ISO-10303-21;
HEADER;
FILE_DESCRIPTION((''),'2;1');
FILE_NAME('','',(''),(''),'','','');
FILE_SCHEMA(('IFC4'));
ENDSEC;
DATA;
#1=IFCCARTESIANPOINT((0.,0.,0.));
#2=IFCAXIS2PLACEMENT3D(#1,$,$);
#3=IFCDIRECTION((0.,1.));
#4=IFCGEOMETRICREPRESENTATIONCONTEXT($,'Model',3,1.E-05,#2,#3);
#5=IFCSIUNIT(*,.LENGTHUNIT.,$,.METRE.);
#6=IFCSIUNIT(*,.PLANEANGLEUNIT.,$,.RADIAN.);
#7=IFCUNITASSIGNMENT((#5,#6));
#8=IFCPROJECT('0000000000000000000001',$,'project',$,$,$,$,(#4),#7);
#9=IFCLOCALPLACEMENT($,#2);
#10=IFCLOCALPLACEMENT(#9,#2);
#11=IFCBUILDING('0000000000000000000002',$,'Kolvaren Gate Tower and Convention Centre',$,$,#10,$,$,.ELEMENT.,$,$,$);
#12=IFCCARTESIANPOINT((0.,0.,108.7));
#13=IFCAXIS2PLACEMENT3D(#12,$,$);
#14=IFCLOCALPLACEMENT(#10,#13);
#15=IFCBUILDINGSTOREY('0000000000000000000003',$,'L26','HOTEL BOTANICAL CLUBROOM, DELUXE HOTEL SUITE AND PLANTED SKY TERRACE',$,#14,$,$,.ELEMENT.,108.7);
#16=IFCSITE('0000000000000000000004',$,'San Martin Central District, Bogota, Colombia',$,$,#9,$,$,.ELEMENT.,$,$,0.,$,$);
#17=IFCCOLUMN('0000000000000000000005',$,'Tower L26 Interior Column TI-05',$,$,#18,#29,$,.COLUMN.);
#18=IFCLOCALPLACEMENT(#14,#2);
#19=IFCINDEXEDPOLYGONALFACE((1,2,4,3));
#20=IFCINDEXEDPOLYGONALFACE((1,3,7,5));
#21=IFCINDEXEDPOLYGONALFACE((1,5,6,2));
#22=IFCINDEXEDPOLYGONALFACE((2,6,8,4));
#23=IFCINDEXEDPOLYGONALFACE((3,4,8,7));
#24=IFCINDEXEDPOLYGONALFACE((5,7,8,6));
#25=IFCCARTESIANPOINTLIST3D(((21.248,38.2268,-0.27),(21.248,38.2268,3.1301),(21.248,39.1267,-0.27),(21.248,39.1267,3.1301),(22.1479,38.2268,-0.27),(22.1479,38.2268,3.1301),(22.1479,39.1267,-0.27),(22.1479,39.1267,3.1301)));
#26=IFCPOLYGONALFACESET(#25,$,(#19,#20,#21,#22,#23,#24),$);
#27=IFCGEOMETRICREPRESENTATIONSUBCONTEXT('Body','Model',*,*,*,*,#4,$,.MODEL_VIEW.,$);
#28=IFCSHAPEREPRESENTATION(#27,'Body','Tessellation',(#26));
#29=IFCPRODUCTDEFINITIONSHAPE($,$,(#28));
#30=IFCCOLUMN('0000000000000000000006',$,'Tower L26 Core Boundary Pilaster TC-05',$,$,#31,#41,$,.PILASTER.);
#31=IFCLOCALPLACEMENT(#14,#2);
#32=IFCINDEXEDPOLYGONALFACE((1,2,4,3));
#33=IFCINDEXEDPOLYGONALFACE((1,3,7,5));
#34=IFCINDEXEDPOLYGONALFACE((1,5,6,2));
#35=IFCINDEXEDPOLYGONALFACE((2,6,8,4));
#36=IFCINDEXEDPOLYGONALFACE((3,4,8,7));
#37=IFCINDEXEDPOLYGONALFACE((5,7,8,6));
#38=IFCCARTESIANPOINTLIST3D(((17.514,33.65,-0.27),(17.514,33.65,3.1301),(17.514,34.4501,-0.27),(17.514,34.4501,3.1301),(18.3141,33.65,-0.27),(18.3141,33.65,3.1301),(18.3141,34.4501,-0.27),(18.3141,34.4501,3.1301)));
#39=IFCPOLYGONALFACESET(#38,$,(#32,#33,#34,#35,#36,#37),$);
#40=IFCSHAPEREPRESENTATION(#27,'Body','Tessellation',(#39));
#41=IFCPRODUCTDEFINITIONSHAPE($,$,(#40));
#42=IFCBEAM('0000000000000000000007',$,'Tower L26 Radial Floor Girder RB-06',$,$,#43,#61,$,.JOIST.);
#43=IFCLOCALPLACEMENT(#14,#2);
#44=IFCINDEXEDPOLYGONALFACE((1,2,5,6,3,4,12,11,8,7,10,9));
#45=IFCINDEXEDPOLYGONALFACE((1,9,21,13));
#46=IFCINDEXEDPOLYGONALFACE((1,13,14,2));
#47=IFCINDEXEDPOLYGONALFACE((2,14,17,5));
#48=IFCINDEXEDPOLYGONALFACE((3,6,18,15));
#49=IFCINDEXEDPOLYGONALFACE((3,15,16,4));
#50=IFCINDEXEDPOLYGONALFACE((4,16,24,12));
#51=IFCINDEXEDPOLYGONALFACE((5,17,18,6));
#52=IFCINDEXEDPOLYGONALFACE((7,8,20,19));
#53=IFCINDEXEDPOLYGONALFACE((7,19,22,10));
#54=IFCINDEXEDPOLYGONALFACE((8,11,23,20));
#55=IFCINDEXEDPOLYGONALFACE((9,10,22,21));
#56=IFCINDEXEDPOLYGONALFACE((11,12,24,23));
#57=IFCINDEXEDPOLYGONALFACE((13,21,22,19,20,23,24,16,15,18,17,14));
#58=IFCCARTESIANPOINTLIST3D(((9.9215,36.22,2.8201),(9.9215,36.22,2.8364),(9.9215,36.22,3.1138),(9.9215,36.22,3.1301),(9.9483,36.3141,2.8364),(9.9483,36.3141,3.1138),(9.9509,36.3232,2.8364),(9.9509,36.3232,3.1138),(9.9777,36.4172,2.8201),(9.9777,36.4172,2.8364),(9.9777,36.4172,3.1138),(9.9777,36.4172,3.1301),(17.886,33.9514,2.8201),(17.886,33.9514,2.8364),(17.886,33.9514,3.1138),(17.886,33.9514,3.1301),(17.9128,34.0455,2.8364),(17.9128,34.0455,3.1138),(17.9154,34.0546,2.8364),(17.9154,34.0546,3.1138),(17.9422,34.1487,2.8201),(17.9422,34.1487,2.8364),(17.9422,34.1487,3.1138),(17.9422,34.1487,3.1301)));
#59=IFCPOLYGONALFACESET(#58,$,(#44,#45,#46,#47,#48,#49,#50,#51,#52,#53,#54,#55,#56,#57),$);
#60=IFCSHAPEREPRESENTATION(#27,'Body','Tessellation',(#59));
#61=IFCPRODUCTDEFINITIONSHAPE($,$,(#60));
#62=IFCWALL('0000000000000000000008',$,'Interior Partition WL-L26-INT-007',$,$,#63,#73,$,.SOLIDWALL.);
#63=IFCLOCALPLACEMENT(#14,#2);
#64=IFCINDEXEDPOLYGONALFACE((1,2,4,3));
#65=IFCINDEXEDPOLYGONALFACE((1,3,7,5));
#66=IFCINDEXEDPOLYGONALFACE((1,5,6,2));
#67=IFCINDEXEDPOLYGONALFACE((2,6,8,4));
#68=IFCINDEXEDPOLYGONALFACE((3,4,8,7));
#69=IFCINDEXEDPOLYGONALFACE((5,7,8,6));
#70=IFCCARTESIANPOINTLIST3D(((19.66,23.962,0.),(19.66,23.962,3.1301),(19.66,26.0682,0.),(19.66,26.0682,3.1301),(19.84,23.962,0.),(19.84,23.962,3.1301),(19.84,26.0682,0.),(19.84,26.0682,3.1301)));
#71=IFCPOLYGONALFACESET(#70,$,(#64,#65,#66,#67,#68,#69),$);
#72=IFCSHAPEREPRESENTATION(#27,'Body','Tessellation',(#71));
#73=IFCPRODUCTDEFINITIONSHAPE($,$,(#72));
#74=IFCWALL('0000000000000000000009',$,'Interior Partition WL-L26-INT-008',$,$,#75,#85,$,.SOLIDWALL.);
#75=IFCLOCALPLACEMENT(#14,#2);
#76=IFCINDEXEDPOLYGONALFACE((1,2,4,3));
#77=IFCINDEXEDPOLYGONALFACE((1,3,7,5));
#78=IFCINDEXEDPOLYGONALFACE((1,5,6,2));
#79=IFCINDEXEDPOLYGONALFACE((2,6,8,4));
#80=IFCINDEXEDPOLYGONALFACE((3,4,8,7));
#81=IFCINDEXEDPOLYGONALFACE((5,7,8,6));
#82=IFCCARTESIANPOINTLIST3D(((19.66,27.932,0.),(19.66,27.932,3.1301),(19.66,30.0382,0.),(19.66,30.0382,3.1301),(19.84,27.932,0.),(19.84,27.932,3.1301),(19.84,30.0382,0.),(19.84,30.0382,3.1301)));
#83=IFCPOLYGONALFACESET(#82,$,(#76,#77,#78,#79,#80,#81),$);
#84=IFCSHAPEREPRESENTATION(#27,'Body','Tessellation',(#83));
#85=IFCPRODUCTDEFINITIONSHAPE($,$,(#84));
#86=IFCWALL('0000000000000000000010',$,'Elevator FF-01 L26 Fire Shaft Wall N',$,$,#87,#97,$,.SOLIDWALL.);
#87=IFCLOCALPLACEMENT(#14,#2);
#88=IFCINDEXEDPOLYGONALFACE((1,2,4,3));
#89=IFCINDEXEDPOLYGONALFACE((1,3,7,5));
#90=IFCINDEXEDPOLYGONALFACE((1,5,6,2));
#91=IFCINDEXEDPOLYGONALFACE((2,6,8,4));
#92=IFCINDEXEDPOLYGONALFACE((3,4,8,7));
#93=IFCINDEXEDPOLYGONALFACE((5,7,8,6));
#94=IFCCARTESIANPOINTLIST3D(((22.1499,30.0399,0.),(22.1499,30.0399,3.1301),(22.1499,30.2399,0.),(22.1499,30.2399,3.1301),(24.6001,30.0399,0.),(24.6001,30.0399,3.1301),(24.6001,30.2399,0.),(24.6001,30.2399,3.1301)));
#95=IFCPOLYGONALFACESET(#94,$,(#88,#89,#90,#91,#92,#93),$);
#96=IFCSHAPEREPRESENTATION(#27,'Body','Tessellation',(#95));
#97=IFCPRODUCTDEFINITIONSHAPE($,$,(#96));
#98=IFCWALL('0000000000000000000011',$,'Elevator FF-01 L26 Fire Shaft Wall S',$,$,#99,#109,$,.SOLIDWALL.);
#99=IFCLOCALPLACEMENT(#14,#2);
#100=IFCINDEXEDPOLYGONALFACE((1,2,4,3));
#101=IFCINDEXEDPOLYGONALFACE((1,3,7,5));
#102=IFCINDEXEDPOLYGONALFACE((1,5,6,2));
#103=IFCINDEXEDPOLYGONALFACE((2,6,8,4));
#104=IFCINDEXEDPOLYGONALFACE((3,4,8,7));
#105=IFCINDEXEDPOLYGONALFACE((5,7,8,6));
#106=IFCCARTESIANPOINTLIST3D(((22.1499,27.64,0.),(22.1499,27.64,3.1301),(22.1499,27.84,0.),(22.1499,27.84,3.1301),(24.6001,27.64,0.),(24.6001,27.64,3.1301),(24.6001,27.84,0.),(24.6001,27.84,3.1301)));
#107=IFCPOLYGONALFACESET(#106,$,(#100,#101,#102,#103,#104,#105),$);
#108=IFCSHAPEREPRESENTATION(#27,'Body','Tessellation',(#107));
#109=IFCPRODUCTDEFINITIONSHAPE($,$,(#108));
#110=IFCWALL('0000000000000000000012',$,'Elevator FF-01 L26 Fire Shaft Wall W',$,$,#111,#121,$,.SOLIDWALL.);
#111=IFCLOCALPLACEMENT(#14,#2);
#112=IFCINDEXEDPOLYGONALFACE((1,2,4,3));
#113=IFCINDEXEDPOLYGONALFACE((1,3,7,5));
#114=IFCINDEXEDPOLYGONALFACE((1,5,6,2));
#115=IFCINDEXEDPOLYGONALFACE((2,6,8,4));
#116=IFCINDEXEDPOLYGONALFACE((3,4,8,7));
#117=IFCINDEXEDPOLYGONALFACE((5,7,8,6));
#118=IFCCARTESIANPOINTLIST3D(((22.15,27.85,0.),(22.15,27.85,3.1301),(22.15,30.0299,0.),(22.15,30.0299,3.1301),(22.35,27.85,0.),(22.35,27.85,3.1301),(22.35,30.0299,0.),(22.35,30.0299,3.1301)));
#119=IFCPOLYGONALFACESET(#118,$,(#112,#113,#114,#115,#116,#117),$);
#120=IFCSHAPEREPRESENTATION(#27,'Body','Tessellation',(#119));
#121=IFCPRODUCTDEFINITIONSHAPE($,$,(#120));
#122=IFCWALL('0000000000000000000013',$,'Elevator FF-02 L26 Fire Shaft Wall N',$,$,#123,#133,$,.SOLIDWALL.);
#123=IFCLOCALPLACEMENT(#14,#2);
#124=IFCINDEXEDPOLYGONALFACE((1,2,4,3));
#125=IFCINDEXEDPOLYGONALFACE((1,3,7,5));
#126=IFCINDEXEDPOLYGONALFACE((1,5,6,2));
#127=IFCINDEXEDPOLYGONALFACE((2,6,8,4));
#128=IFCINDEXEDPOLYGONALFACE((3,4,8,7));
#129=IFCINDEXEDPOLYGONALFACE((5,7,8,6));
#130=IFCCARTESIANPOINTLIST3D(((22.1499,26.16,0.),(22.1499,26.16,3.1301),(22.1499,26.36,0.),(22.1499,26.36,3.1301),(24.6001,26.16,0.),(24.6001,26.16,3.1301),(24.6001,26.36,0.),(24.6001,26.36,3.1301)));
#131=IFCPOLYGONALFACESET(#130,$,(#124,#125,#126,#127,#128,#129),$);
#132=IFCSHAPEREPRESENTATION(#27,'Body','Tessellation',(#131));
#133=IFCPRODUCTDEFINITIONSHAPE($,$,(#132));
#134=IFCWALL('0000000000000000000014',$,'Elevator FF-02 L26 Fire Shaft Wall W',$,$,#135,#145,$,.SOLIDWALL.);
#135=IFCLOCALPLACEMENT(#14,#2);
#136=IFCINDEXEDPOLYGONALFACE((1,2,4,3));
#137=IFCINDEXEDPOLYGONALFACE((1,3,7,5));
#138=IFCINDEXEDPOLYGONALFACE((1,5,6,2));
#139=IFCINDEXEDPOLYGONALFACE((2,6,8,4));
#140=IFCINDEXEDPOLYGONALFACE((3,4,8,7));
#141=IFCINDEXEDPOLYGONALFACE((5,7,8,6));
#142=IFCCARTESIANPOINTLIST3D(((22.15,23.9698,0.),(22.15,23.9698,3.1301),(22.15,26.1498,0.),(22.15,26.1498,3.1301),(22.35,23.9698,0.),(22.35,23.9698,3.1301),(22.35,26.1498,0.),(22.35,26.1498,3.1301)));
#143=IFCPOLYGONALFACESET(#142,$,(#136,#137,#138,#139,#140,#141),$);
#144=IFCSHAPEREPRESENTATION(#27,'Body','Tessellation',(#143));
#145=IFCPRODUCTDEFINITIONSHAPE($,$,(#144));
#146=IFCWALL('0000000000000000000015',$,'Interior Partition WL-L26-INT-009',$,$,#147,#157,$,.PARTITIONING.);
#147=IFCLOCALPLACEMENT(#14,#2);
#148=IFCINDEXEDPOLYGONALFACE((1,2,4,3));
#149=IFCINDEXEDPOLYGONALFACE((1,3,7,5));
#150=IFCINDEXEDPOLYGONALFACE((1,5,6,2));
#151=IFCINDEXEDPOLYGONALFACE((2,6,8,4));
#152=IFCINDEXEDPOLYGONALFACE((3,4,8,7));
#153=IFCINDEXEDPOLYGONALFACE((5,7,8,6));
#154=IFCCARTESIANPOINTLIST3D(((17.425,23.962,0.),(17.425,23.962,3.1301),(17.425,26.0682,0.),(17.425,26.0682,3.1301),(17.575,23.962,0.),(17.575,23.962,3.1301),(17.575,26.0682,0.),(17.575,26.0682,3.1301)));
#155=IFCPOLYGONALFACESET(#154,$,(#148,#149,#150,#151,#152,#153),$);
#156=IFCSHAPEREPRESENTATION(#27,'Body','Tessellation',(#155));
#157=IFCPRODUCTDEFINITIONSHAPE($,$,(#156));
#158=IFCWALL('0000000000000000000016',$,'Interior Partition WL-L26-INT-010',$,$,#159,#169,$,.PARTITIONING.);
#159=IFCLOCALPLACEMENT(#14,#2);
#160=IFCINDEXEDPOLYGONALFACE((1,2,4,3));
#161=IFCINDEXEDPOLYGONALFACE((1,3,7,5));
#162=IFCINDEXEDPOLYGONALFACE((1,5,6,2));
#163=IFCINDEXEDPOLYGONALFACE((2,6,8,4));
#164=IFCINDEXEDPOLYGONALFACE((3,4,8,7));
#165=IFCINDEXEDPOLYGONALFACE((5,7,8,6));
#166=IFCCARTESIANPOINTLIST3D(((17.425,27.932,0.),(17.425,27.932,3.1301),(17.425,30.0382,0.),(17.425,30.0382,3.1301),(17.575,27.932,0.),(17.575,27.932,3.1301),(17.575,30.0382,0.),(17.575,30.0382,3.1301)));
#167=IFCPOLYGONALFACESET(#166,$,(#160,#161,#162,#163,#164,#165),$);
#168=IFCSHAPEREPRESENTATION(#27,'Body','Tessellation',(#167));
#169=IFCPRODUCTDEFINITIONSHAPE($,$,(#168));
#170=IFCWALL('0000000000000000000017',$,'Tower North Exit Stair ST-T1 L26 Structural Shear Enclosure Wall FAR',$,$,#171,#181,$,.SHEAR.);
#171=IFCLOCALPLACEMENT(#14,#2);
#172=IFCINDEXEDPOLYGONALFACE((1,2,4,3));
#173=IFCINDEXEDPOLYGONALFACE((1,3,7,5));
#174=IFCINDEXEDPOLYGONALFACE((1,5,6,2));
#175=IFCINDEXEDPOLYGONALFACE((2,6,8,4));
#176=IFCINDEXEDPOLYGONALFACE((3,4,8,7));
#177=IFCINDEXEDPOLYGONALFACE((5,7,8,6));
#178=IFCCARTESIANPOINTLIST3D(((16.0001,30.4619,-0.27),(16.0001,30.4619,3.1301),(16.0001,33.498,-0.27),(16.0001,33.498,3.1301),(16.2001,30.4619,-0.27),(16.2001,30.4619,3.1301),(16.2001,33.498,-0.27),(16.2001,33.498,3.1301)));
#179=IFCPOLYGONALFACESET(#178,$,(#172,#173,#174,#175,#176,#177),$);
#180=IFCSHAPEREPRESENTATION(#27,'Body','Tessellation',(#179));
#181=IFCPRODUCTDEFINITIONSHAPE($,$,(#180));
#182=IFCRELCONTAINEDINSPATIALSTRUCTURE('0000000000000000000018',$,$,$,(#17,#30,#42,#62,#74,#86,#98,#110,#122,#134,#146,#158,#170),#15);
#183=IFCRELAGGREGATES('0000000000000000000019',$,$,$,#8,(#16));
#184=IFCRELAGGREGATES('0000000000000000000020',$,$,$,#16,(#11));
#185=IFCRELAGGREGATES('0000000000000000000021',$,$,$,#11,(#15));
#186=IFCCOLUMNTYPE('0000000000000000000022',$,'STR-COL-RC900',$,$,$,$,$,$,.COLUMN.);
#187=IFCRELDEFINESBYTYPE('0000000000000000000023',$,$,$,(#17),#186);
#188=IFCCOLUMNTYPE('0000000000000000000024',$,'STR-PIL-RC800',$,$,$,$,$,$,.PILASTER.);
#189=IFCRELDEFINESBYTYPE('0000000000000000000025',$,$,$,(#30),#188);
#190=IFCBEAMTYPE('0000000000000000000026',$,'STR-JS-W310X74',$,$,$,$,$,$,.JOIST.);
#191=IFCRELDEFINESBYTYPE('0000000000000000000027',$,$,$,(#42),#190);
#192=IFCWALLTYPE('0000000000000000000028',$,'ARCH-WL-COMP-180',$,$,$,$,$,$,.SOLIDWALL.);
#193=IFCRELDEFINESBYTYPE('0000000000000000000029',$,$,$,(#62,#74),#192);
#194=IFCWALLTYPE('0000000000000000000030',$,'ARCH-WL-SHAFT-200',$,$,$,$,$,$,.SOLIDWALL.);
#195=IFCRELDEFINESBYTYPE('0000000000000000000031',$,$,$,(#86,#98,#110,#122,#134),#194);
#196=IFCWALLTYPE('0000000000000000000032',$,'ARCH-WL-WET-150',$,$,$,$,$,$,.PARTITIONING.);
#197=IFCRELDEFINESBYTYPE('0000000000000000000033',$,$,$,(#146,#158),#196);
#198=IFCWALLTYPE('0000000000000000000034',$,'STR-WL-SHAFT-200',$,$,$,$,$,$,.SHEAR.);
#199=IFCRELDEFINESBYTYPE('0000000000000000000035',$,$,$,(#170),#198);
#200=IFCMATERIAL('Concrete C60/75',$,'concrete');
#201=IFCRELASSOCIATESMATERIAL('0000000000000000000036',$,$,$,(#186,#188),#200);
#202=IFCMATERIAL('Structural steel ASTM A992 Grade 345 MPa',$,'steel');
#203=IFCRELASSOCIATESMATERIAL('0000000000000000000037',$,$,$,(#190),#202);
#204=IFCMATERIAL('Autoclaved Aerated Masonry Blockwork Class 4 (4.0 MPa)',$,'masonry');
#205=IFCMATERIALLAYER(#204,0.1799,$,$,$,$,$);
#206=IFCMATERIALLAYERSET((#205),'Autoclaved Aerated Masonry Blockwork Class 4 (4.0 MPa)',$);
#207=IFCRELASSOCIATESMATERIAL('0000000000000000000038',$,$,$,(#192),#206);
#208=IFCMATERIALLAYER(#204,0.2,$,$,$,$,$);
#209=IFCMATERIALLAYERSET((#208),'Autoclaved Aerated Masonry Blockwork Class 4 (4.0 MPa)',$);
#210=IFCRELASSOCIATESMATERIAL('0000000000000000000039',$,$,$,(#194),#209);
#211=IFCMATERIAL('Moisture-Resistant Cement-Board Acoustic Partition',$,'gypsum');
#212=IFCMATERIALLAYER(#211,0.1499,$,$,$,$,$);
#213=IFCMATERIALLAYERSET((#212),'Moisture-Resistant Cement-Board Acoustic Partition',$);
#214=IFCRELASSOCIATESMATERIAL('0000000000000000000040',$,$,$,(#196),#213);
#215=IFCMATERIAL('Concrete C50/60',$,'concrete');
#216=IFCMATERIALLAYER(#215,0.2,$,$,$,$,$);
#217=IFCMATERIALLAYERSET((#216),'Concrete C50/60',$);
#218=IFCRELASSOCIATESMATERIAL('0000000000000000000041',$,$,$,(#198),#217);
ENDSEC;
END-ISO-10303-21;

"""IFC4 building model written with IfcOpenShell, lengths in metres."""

from ifc_helpers import new_model, si_unit, direction, frame, frame_2d, origin, origin_2d, place, context, subcontext, project, spatial, rectangle, i_section, extrude, material, layer, layer_set, material_profile, profile_set, type_object, element, save


model = new_model("IFC4")

# Units and contexts
model_context = context("Model", 3, precision=1e-05, world=origin(), true_north=direction((0.0, 1.0)))
body_context = subcontext(model_context, "Body", "Model", "MODEL_VIEW")
ifc_project = project(units=[si_unit("LENGTHUNIT", "METRE"), si_unit("PLANEANGLEUNIT", "RADIAN")], contexts=[model_context])

# Site, building, storey
site_placement = place(None, origin())
site = spatial("IfcSite", under=ifc_project, at=site_placement, Name="San Martin Central District, Bogota, Colombia", CompositionType="ELEMENT", RefElevation=0.0)
building_placement = place(site_placement, origin())
building = spatial("IfcBuilding", under=site, at=building_placement, Name="Kolvaren Gate Tower and Convention Centre", CompositionType="ELEMENT")
storey_placement = place(building_placement, frame((0.0, 0.0, 108.7)))
storey = spatial("IfcBuildingStorey", under=building, at=storey_placement, Name="L26", Description="HOTEL BOTANICAL CLUBROOM, DELUXE HOTEL SUITE AND PLANTED SKY TERRACE", CompositionType="ELEMENT", Elevation=108.7)

# Columns
ifc_material_1 = material(Name="Concrete C60/75", Category="concrete")
ifc_material_profile_1 = material_profile(ifc_material_1, rectangle(XDim=0.8999, YDim=0.8999, at=origin_2d()), Name="RC-COL-900X900")
ifc_profile_set_1 = profile_set([ifc_material_profile_1], Name="Concrete C60/75")
column_type_1 = type_object("IfcColumnType", Name="STR-COL-RC900", PredefinedType="COLUMN", material=ifc_profile_set_1)
column_1_placement = place(storey_placement, frame((21.698, 38.6768, -0.27), z_axis=(0.0, 0.0, 1.0), x_axis=(1.0, 0.0, 0.0)))
element("IfcColumn", 1, at=column_1_placement, inside=storey, type_object=column_type_1, Name="Tower L26 Interior Column TI-05", PredefinedType="COLUMN", context=body_context, shape_type="SweptSolid", body=[
    extrude(rectangle(XDim=0.8999, YDim=0.8999, at=origin_2d()), origin(), (0.0, 0.0, 1.0), 3.4001),
])
ifc_material_profile_2 = material_profile(ifc_material_1, rectangle(XDim=0.8, YDim=0.8, at=origin_2d()), Name="RC-COL-800X800")
ifc_profile_set_2 = profile_set([ifc_material_profile_2], Name="Concrete C60/75")
column_type_2 = type_object("IfcColumnType", Name="STR-PIL-RC800", PredefinedType="PILASTER", material=ifc_profile_set_2)
column_2_placement = place(storey_placement, frame((17.9141, 34.05, -0.27), z_axis=(0.0, 0.0, 1.0), x_axis=(1.0, 0.0, 0.0)))
element("IfcColumn", 2, at=column_2_placement, inside=storey, type_object=column_type_2, Name="Tower L26 Core Boundary Pilaster TC-05", PredefinedType="PILASTER", context=body_context, shape_type="SweptSolid", body=[
    extrude(rectangle(XDim=0.8, YDim=0.8, at=origin_2d()), origin(), (0.0, 0.0, 1.0), 3.4001),
])

# Beam
ifc_material_2 = material(Name="Structural steel ASTM A992 Grade 345 MPa", Category="steel")
ifc_material_profile_3 = material_profile(ifc_material_2, i_section(OverallWidth=0.2051, OverallDepth=0.3101, WebThickness=0.0095, FlangeThickness=0.0164, at=origin_2d()), Name="W310X74")
ifc_profile_set_3 = profile_set([ifc_material_profile_3], Name="Structural steel ASTM A992 Grade 345 MPa")
beam_type = type_object("IfcBeamType", Name="STR-JS-W310X74", PredefinedType="JOIST", material=ifc_profile_set_3)
beam_placement = place(storey_placement, frame((17.9141, 34.05, 2.9751), z_axis=(-0.961746, 0.273942, 0.0), x_axis=(-0.273942, -0.961746, 0.0)))
element("IfcBeam", 3, at=beam_placement, inside=storey, type_object=beam_type, Name="Tower L26 Radial Floor Girder RB-06", PredefinedType="JOIST", context=body_context, shape_type="SweptSolid", body=[
    extrude(i_section(OverallWidth=0.2051, OverallDepth=0.3101, WebThickness=0.0095, FlangeThickness=0.0164, at=origin_2d()), origin(), (0.0, 0.0, 1.0), 8.2812),
])

# Walls
ifc_material_3 = material(Name="Autoclaved Aerated Masonry Blockwork Class 4 (4.0 MPa)", Category="masonry")
ifc_layer_1 = layer(ifc_material_3, 0.1799)
ifc_layer_set_1 = layer_set([ifc_layer_1], Name="Autoclaved Aerated Masonry Blockwork Class 4 (4.0 MPa)")
wall_type_1 = type_object("IfcWallType", Name="ARCH-WL-COMP-180", PredefinedType="SOLIDWALL", material=ifc_layer_set_1)
for number, where, z_axis, x_axis, name in (
    (4, (19.75, 23.9619, 0.0), (0.0, 0.0, 1.0), (0.0, 1.0, 0.0), "Interior Partition WL-L26-INT-007"),
    (5, (19.75, 27.9319, 0.0), (0.0, 0.0, 1.0), (0.0, 1.0, 0.0), "Interior Partition WL-L26-INT-008"),
):
    element("IfcWall", number, at=place(storey_placement, frame(where, z_axis=z_axis, x_axis=x_axis)), inside=storey, type_object=wall_type_1, Name=name, PredefinedType="SOLIDWALL", context=body_context, shape_type="SweptSolid", body=[
        extrude(rectangle(XDim=2.1062, YDim=0.1799, at=frame_2d((1.0532, 0.0))), origin(), (0.0, 0.0, 1.0), 3.1301),
    ])
ifc_layer_2 = layer(ifc_material_3, 0.2)
ifc_layer_set_2 = layer_set([ifc_layer_2], Name="Autoclaved Aerated Masonry Blockwork Class 4 (4.0 MPa)")
wall_type_2 = type_object("IfcWallType", Name="ARCH-WL-SHAFT-200", PredefinedType="SOLIDWALL", material=ifc_layer_set_2)
for number, where, z_axis, x_axis, name in (
    (6, (22.1499, 30.1399, 0.0), (0.0, 0.0, 1.0), (1.0, 0.0, 0.0), "Elevator FF-01 L26 Fire Shaft Wall N"),
    (7, (22.1499, 27.74, 0.0), (0.0, 0.0, 1.0), (1.0, 0.0, 0.0), "Elevator FF-01 L26 Fire Shaft Wall S"),
):
    element("IfcWall", number, at=place(storey_placement, frame(where, z_axis=z_axis, x_axis=x_axis)), inside=storey, type_object=wall_type_2, Name=name, PredefinedType="SOLIDWALL", context=body_context, shape_type="SweptSolid", body=[
        extrude(rectangle(XDim=2.4502, YDim=0.2, at=frame_2d((1.2251, 0.0))), origin(), (0.0, 0.0, 1.0), 3.1301),
    ])
wall_1_placement = place(storey_placement, frame((22.25, 27.8501, 0.0), z_axis=(0.0, 0.0, 1.0), x_axis=(0.0, 1.0, 0.0)))
element("IfcWall", 8, at=wall_1_placement, inside=storey, type_object=wall_type_2, Name="Elevator FF-01 L26 Fire Shaft Wall W", PredefinedType="SOLIDWALL", context=body_context, shape_type="SweptSolid", body=[
    extrude(rectangle(XDim=2.1799, YDim=0.2, at=frame_2d((1.0898, 0.0))), origin(), (0.0, 0.0, 1.0), 3.1301),
])
wall_2_placement = place(storey_placement, frame((22.1499, 26.26, 0.0), z_axis=(0.0, 0.0, 1.0), x_axis=(1.0, 0.0, 0.0)))
element("IfcWall", 9, at=wall_2_placement, inside=storey, type_object=wall_type_2, Name="Elevator FF-02 L26 Fire Shaft Wall N", PredefinedType="SOLIDWALL", context=body_context, shape_type="SweptSolid", body=[
    extrude(rectangle(XDim=2.4502, YDim=0.2, at=frame_2d((1.2251, 0.0))), origin(), (0.0, 0.0, 1.0), 3.1301),
])
wall_3_placement = place(storey_placement, frame((22.25, 23.97, 0.0), z_axis=(0.0, 0.0, 1.0), x_axis=(0.0, 1.0, 0.0)))
element("IfcWall", 10, at=wall_3_placement, inside=storey, type_object=wall_type_2, Name="Elevator FF-02 L26 Fire Shaft Wall W", PredefinedType="SOLIDWALL", context=body_context, shape_type="SweptSolid", body=[
    extrude(rectangle(XDim=2.1799, YDim=0.2, at=frame_2d((1.0898, 0.0))), origin(), (0.0, 0.0, 1.0), 3.1301),
])
ifc_material_4 = material(Name="Moisture-Resistant Cement-Board Acoustic Partition", Category="gypsum")
ifc_layer_3 = layer(ifc_material_4, 0.1499)
ifc_layer_set_3 = layer_set([ifc_layer_3], Name="Moisture-Resistant Cement-Board Acoustic Partition")
wall_type_3 = type_object("IfcWallType", Name="ARCH-WL-WET-150", PredefinedType="PARTITIONING", material=ifc_layer_set_3)
for number, where, z_axis, x_axis, name in (
    (11, (17.5, 23.9619, 0.0), (0.0, 0.0, 1.0), (0.0, 1.0, 0.0), "Interior Partition WL-L26-INT-009"),
    (12, (17.5, 27.9319, 0.0), (0.0, 0.0, 1.0), (0.0, 1.0, 0.0), "Interior Partition WL-L26-INT-010"),
):
    element("IfcWall", number, at=place(storey_placement, frame(where, z_axis=z_axis, x_axis=x_axis)), inside=storey, type_object=wall_type_3, Name=name, PredefinedType="PARTITIONING", context=body_context, shape_type="SweptSolid", body=[
        extrude(rectangle(XDim=2.1062, YDim=0.1499, at=frame_2d((1.0532, 0.0))), origin(), (0.0, 0.0, 1.0), 3.1301),
    ])
ifc_material_5 = material(Name="Concrete C50/60", Category="concrete")
ifc_layer_4 = layer(ifc_material_5, 0.2)
ifc_layer_set_4 = layer_set([ifc_layer_4], Name="Concrete C50/60")
wall_type_4 = type_object("IfcWallType", Name="STR-WL-SHAFT-200", PredefinedType="SHEAR", material=ifc_layer_set_4)
wall_4_placement = place(storey_placement, frame((16.1001, 30.4619, -0.27), z_axis=(0.0, 0.0, 1.0), x_axis=(0.0, 1.0, 0.0)))
element("IfcWall", 13, at=wall_4_placement, inside=storey, type_object=wall_type_4, Name="Tower North Exit Stair ST-T1 L26 Structural Shear Enclosure Wall FAR", PredefinedType="SHEAR", context=body_context, shape_type="SweptSolid", body=[
    extrude(rectangle(XDim=3.0361, YDim=0.2, at=frame_2d((1.5181, 0.0))), origin(), (0.0, 0.0, 1.0), 3.4001),
])

save(model, "model.ifc")
